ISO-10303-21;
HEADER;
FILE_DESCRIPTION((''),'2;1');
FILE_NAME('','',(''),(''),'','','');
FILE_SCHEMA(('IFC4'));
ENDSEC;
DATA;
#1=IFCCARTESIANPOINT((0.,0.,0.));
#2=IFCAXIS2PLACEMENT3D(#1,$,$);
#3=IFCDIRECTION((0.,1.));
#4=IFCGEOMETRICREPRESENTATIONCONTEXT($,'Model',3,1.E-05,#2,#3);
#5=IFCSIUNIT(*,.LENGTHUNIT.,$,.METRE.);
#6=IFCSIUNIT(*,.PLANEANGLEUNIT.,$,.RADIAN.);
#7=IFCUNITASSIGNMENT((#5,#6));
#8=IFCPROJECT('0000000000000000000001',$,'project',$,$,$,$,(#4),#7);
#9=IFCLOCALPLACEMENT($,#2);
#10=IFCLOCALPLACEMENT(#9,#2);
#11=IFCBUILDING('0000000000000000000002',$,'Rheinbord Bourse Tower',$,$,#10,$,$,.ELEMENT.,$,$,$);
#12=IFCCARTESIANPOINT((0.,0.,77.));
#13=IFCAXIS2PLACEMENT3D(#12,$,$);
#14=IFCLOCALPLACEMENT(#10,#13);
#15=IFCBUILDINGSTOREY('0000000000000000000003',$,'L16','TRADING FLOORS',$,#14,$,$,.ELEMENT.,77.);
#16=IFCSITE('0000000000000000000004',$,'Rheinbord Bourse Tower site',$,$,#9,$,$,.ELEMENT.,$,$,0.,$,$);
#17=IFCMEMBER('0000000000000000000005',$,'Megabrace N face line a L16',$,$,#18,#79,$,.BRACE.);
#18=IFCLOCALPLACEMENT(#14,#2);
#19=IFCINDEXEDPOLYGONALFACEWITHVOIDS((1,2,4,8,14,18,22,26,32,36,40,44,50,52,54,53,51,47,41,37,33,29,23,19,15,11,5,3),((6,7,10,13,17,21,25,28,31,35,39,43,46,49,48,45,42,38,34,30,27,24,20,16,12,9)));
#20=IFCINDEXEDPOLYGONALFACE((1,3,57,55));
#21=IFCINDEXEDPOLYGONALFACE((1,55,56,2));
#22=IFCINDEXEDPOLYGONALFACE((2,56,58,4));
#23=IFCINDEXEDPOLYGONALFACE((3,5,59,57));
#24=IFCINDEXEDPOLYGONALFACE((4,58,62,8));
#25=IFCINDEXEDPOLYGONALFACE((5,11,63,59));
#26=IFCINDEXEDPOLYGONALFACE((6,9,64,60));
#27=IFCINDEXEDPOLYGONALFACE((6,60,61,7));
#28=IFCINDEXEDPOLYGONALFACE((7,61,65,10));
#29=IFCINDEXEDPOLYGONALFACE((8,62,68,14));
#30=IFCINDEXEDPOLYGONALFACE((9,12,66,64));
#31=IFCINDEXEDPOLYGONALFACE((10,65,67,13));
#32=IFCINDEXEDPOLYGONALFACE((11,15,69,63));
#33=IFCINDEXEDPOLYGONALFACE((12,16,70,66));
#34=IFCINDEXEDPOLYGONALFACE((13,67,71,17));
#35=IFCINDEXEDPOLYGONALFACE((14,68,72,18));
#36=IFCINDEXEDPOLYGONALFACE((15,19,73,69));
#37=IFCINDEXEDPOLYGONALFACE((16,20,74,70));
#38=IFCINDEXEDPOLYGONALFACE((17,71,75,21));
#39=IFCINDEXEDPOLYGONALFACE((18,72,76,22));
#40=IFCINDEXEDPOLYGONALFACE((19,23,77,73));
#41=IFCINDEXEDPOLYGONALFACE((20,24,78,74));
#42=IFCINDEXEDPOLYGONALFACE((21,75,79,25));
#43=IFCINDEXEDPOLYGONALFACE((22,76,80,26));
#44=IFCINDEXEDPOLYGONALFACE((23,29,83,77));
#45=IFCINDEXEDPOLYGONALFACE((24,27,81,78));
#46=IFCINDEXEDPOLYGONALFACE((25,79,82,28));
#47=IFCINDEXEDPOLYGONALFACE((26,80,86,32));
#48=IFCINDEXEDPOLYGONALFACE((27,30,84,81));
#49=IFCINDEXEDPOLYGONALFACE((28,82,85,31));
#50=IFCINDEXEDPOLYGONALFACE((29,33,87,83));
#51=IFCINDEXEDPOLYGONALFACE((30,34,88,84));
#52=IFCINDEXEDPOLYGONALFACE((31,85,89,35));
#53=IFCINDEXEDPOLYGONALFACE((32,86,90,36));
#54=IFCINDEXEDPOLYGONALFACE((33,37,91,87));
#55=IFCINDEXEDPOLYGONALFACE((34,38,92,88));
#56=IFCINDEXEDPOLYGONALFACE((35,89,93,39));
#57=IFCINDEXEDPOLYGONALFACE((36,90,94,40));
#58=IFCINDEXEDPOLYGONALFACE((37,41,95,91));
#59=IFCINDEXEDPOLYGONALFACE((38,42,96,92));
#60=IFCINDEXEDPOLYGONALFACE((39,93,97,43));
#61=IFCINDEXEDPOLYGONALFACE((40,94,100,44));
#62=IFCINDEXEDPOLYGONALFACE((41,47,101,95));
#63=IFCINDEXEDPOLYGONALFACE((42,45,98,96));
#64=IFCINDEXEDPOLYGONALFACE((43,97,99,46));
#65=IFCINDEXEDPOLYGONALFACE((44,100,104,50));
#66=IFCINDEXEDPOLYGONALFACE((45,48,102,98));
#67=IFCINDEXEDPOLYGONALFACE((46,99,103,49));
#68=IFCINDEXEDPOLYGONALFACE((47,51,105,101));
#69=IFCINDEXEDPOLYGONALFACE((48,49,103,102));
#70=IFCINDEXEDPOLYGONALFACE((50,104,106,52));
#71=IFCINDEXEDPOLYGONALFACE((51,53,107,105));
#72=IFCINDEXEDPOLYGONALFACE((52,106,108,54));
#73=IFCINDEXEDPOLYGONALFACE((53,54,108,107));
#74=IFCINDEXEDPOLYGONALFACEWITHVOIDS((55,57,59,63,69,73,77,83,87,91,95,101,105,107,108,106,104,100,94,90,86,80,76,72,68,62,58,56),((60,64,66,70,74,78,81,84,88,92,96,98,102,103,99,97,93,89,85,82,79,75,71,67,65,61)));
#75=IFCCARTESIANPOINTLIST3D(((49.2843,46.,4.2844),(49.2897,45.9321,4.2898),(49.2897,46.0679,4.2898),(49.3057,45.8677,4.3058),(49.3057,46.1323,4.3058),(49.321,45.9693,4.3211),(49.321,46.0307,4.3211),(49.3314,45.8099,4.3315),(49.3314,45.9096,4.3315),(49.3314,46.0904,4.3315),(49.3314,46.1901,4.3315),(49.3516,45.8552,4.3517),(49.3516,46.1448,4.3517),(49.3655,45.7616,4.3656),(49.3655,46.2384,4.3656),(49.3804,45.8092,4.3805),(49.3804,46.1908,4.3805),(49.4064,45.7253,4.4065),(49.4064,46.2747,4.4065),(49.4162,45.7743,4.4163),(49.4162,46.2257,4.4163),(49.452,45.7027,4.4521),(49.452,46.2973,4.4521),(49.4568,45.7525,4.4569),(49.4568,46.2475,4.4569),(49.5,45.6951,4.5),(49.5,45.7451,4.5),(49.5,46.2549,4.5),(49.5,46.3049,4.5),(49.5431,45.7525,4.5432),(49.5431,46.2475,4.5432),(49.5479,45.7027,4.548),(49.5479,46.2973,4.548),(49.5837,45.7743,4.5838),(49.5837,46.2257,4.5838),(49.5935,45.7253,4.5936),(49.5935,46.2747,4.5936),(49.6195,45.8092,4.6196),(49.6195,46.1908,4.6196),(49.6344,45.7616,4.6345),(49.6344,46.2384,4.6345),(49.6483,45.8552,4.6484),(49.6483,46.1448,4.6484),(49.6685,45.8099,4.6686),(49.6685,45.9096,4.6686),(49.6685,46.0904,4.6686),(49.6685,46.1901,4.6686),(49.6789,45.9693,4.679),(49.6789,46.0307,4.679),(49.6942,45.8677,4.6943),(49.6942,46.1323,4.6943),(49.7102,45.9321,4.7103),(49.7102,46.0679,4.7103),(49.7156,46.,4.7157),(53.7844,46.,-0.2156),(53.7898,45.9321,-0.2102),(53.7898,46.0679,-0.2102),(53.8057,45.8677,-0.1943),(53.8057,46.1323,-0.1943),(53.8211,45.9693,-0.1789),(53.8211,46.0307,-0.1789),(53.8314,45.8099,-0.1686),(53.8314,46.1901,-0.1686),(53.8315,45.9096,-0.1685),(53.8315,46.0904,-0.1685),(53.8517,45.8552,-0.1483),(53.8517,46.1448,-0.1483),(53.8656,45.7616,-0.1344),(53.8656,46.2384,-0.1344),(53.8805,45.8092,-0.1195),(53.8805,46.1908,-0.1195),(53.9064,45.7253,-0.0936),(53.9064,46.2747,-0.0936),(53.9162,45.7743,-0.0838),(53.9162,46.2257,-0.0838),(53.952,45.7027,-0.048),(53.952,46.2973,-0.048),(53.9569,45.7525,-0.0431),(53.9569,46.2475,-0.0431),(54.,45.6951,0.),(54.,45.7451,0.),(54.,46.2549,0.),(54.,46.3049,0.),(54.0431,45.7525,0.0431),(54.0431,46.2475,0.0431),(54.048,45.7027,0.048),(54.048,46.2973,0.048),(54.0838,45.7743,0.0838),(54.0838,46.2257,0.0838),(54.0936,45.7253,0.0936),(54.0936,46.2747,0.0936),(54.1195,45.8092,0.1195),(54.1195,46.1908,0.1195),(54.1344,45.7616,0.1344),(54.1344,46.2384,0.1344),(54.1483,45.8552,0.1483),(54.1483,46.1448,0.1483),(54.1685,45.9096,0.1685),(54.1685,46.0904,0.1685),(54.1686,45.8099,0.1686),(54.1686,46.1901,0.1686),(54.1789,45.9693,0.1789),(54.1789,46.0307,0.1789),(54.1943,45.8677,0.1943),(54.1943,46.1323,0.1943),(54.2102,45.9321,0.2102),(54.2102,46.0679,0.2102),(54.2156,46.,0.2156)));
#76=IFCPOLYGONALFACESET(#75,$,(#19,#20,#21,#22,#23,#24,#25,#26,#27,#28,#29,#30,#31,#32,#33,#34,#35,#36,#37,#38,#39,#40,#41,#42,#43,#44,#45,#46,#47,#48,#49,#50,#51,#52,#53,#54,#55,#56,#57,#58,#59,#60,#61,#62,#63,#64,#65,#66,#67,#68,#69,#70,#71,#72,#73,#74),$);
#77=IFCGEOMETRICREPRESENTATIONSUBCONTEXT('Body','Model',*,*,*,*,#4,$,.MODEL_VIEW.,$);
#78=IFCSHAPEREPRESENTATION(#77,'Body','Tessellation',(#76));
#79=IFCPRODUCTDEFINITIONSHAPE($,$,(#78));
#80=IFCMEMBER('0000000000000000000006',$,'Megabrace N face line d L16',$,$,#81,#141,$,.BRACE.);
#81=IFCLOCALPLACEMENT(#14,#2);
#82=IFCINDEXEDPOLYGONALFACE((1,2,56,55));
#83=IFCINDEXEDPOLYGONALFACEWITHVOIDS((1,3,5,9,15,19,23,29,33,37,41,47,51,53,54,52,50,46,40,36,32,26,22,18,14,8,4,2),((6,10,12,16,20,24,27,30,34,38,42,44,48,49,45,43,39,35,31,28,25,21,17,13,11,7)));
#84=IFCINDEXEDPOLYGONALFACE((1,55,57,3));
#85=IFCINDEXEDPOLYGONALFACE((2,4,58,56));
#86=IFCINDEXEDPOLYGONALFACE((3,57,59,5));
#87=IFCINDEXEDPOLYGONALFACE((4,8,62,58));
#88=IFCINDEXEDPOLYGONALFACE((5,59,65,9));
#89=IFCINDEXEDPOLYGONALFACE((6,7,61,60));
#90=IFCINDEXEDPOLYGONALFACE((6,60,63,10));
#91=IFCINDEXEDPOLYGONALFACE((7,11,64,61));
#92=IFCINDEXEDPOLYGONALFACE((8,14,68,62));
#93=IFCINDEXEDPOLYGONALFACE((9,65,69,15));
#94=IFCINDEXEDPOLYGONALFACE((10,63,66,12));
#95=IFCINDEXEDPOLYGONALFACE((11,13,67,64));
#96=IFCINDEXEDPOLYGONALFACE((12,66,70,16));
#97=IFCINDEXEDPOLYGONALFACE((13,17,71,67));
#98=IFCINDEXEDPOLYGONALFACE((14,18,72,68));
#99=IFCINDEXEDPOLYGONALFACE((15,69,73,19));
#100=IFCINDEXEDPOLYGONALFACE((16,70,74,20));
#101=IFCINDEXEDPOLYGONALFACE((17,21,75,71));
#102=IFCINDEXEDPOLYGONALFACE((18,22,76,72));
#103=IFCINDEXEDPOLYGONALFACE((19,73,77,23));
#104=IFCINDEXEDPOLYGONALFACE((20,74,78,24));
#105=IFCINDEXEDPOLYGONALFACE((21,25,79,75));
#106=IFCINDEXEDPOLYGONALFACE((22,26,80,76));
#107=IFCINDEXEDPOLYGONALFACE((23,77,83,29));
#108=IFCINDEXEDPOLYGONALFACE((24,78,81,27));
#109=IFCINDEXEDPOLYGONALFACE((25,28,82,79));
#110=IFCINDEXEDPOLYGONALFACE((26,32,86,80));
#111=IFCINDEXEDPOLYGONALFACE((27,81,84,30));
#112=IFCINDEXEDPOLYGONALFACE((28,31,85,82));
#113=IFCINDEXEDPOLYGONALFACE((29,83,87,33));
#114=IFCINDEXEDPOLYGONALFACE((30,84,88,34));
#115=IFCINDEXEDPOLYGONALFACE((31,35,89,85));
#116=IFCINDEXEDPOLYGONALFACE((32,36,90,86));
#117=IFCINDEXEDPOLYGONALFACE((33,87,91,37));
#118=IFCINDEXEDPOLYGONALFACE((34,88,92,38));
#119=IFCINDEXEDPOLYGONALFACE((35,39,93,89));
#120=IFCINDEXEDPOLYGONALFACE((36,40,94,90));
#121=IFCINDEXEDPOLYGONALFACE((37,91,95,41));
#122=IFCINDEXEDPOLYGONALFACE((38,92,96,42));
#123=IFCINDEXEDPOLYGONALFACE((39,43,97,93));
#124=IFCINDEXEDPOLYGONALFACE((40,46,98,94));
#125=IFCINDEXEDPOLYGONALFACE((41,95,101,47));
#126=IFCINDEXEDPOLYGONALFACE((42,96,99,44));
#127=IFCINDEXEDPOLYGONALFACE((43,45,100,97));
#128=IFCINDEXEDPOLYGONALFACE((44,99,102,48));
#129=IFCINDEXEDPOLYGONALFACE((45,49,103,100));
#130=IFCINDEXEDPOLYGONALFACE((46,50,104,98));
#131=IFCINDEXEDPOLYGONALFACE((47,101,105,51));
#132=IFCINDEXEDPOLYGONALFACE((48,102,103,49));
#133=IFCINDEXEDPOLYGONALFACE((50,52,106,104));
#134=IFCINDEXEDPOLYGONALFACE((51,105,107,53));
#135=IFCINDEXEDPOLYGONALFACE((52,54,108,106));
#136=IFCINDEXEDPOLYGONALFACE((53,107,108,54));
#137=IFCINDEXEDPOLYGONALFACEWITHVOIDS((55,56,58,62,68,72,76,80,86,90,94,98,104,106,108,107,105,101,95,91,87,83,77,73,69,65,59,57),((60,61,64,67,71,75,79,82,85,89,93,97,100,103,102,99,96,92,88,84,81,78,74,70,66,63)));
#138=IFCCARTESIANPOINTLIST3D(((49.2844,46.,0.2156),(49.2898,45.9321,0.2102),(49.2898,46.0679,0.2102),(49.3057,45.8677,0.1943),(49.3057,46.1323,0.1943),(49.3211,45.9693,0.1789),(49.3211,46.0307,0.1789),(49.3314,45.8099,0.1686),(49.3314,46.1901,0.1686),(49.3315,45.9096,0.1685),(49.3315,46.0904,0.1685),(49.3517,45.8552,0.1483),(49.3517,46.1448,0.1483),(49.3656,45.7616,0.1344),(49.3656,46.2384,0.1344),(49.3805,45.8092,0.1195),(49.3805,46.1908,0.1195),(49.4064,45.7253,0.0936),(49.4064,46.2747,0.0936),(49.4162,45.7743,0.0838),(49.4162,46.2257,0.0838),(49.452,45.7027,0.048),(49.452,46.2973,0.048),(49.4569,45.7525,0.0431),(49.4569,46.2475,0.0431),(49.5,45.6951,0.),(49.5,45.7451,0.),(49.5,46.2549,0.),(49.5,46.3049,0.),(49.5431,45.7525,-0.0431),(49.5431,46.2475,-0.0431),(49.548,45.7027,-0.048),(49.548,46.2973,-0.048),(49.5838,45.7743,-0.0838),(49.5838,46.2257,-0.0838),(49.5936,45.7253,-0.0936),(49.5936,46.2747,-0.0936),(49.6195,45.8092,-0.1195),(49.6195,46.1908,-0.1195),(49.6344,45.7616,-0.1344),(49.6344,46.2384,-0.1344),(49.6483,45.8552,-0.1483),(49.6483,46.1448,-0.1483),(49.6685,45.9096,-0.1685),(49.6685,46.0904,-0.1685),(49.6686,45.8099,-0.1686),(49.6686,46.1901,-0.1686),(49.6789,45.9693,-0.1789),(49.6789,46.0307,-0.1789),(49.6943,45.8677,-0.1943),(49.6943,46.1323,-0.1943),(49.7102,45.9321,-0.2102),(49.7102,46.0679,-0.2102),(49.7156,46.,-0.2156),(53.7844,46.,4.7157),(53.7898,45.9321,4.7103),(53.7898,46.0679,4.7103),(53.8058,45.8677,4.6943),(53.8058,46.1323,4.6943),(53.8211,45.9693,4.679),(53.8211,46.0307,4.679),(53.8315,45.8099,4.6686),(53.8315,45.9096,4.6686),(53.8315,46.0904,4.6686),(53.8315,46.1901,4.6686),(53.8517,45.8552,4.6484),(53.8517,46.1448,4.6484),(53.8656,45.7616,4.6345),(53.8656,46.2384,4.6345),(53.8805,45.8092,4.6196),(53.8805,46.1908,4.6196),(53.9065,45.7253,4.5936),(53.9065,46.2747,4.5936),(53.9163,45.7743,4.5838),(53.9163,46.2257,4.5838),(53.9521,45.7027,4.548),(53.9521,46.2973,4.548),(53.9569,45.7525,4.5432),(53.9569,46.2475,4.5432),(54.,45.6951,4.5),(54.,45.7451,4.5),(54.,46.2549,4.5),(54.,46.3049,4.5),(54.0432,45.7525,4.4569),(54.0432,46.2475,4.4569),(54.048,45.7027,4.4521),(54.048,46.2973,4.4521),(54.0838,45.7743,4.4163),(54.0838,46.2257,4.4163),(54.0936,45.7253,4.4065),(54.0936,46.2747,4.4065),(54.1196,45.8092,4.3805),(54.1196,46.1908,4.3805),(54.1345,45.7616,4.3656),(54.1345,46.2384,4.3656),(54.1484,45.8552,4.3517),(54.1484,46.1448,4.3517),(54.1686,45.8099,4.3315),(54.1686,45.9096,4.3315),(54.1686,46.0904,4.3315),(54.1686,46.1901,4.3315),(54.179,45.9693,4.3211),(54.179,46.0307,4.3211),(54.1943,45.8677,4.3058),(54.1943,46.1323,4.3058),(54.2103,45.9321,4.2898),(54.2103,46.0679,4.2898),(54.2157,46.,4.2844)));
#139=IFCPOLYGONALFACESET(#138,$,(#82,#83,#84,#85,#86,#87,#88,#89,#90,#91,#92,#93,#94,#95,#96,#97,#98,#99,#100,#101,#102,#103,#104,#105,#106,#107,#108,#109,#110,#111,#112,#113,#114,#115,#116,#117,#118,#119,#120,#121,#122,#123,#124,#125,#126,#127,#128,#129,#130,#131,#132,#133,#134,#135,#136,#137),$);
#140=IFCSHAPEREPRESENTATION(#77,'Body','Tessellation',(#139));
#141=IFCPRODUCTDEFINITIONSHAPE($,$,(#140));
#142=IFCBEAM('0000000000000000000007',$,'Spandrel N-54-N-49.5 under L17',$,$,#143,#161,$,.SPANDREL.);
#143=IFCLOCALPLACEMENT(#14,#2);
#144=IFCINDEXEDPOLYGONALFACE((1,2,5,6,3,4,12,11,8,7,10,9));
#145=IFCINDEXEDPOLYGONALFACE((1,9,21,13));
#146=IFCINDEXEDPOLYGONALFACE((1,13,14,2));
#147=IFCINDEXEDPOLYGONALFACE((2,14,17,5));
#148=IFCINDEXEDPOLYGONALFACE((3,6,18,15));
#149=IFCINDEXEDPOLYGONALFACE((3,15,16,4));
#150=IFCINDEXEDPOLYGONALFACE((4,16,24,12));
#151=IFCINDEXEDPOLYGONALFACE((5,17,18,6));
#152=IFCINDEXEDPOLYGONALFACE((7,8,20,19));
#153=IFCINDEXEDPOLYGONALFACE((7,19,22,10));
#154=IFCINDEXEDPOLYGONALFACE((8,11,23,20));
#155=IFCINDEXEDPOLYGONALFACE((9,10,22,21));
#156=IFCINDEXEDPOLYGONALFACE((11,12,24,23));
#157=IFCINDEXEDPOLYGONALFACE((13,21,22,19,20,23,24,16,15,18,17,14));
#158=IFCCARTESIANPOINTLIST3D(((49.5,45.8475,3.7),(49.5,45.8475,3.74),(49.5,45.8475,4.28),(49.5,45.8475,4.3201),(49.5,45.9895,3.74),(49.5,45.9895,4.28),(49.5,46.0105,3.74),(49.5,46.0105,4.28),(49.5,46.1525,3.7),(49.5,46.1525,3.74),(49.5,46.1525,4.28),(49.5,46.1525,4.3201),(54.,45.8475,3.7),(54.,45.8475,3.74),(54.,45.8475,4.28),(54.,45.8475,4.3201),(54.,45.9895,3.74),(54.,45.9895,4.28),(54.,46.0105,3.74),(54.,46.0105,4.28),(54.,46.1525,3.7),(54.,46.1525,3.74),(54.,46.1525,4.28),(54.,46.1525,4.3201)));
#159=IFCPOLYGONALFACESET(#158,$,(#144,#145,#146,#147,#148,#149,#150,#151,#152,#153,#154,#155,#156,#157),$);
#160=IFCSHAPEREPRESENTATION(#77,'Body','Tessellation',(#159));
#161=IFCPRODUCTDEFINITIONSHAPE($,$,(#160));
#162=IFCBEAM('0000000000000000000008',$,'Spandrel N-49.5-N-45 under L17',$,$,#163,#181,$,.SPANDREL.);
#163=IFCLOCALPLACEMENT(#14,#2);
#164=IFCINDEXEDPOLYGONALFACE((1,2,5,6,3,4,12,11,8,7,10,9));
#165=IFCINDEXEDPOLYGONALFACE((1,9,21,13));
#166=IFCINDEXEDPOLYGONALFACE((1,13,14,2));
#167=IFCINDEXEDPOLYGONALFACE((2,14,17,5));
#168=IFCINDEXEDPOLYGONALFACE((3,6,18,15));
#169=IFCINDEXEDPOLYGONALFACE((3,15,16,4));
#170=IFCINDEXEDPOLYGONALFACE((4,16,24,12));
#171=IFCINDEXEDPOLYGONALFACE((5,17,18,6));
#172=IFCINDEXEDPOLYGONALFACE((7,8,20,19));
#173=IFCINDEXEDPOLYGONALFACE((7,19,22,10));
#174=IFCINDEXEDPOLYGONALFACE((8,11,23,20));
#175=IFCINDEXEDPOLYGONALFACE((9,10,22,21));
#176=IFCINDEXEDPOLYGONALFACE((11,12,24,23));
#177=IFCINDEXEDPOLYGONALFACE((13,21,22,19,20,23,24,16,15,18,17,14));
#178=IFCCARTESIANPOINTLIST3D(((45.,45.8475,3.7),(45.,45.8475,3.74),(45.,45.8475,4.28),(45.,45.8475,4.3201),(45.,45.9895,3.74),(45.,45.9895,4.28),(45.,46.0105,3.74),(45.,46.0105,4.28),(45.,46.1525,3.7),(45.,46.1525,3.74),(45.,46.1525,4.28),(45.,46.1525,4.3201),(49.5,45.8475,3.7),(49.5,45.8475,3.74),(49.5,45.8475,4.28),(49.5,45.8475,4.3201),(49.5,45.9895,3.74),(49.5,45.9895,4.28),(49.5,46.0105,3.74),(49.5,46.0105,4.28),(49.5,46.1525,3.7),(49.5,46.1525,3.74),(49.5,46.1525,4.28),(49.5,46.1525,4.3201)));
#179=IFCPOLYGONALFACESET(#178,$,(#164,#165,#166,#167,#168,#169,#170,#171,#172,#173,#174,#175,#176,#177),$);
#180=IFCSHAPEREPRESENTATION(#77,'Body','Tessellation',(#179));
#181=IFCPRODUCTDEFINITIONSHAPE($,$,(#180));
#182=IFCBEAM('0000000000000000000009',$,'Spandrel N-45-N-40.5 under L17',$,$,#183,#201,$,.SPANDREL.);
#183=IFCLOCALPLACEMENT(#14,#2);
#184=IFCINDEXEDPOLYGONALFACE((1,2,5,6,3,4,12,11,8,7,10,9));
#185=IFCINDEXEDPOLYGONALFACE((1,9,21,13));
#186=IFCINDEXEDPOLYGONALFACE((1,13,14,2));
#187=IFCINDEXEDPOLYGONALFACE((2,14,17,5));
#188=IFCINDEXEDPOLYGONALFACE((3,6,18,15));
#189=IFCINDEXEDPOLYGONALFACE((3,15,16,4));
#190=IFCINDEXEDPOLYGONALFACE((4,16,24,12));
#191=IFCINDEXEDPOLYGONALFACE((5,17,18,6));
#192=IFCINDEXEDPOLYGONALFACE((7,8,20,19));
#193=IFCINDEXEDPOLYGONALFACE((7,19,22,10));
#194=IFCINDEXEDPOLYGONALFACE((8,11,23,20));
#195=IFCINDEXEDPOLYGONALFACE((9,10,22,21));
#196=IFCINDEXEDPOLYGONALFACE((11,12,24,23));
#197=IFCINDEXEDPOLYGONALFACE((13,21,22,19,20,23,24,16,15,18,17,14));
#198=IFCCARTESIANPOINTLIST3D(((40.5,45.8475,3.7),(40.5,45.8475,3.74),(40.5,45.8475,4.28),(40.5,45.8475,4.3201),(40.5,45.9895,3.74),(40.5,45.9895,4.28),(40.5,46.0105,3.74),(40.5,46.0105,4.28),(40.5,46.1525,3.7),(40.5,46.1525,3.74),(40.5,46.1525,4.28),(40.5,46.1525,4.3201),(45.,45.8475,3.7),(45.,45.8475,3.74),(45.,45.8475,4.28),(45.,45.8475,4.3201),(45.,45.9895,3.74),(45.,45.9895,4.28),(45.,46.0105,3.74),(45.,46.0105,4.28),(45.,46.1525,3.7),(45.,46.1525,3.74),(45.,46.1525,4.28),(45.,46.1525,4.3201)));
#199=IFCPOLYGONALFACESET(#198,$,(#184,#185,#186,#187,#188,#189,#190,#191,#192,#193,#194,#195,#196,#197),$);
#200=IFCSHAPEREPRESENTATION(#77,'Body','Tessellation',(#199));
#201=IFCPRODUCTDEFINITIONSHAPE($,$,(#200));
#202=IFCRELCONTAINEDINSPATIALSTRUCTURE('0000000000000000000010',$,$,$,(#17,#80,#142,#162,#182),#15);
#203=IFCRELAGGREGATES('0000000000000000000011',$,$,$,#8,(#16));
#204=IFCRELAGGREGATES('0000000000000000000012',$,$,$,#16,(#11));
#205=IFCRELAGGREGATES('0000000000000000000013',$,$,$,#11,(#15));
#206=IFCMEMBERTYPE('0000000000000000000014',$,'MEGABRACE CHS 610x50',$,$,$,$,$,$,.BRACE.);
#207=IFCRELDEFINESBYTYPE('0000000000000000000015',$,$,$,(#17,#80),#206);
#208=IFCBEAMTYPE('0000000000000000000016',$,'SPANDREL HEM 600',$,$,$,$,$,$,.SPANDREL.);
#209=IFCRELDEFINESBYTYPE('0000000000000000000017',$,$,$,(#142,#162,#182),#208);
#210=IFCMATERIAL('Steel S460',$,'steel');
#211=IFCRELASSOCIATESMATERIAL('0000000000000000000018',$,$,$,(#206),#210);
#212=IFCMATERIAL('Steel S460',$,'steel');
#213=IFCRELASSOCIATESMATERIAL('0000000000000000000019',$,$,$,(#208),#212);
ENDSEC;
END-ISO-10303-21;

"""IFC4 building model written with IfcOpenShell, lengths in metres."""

from ifc_helpers import new_model, si_unit, direction, frame, origin, origin_2d, place, context, subcontext, project, spatial, hollow_circle, i_section, extrude, material, material_profile, profile_set, type_object, element, save


model = new_model("IFC4")

# Units and contexts
model_context = context("Model", 3, precision=1e-05, world=origin(), true_north=direction((0.0, 1.0)))
body_context = subcontext(model_context, "Body", "Model", "MODEL_VIEW")
ifc_project = project(units=[si_unit("LENGTHUNIT", "METRE"), si_unit("PLANEANGLEUNIT", "RADIAN")], contexts=[model_context])

# Site, building, storey
site_placement = place(None, origin())
site = spatial("IfcSite", under=ifc_project, at=site_placement, Name="Rheinbord Bourse Tower site", CompositionType="ELEMENT", RefElevation=0.0)
building_placement = place(site_placement, origin())
building = spatial("IfcBuilding", under=site, at=building_placement, Name="Rheinbord Bourse Tower", CompositionType="ELEMENT")
storey_placement = place(building_placement, frame((0.0, 0.0, 77.0)))
storey = spatial("IfcBuildingStorey", under=building, at=storey_placement, Name="L16", Description="TRADING FLOORS", CompositionType="ELEMENT", Elevation=77.0)

# Members
ifc_material_1 = material(Name="Steel S460", Category="steel")
ifc_material_profile_1 = material_profile(ifc_material_1, hollow_circle(Radius=0.3049, WallThickness=0.05, at=origin_2d()), Name="CHS 610x50")
ifc_profile_set_1 = profile_set([ifc_material_profile_1], Name="Steel S460")
member_type_1 = type_object("IfcMemberType", Name="MEGABRACE CHS 610x50", PredefinedType="BRACE", material=ifc_profile_set_1)
for number, where, z_axis, x_axis, name in (
    (1, (54.0, 46.0, 0.0), (-0.707107, 0.0, 0.707107), (0.0, -1.0, 0.0), "Megabrace N face line a L16"),
    (2, (49.5, 46.0, 0.0), (0.707107, 0.0, 0.707107), (0.0, 1.0, 0.0), "Megabrace N face line d L16"),
):
    element("IfcMember", number, at=place(storey_placement, frame(where, z_axis=z_axis, x_axis=x_axis)), inside=storey, type_object=member_type_1, Name=name, PredefinedType="BRACE", context=body_context, shape_type="SweptSolid", body=[
        extrude(hollow_circle(Radius=0.3049, WallThickness=0.05, at=origin_2d()), origin(), (0.0, 0.0, 1.0), 6.364),
    ])

# Beams
ifc_material_2 = material(Name="Steel S460", Category="steel")
ifc_material_profile_2 = material_profile(ifc_material_2, i_section(OverallWidth=0.3049, OverallDepth=0.6201, WebThickness=0.021, FlangeThickness=0.04, at=origin_2d()), Name="HEM 600")
ifc_profile_set_2 = profile_set([ifc_material_profile_2], Name="Steel S460")
beam_type_1 = type_object("IfcBeamType", Name="SPANDREL HEM 600", PredefinedType="SPANDREL", material=ifc_profile_set_2)
for number, where, z_axis, x_axis, name in (
    (3, (54.0, 46.0, 4.01), (-1.0, 0.0, 0.0), (0.0, -1.0, 0.0), "Spandrel N-54-N-49.5 under L17"),
    (4, (49.5, 46.0, 4.01), (-1.0, 0.0, 0.0), (0.0, -1.0, 0.0), "Spandrel N-49.5-N-45 under L17"),
    (5, (45.0, 46.0, 4.01), (-1.0, 0.0, 0.0), (0.0, -1.0, 0.0), "Spandrel N-45-N-40.5 under L17"),
):
    element("IfcBeam", number, at=place(storey_placement, frame(where, z_axis=z_axis, x_axis=x_axis)), inside=storey, type_object=beam_type_1, Name=name, PredefinedType="SPANDREL", context=body_context, shape_type="SweptSolid", body=[
        extrude(i_section(OverallWidth=0.3049, OverallDepth=0.6201, WebThickness=0.021, FlangeThickness=0.04, at=origin_2d()), origin(), (0.0, 0.0, 1.0), 4.5),
    ])

save(model, "model.ifc")
